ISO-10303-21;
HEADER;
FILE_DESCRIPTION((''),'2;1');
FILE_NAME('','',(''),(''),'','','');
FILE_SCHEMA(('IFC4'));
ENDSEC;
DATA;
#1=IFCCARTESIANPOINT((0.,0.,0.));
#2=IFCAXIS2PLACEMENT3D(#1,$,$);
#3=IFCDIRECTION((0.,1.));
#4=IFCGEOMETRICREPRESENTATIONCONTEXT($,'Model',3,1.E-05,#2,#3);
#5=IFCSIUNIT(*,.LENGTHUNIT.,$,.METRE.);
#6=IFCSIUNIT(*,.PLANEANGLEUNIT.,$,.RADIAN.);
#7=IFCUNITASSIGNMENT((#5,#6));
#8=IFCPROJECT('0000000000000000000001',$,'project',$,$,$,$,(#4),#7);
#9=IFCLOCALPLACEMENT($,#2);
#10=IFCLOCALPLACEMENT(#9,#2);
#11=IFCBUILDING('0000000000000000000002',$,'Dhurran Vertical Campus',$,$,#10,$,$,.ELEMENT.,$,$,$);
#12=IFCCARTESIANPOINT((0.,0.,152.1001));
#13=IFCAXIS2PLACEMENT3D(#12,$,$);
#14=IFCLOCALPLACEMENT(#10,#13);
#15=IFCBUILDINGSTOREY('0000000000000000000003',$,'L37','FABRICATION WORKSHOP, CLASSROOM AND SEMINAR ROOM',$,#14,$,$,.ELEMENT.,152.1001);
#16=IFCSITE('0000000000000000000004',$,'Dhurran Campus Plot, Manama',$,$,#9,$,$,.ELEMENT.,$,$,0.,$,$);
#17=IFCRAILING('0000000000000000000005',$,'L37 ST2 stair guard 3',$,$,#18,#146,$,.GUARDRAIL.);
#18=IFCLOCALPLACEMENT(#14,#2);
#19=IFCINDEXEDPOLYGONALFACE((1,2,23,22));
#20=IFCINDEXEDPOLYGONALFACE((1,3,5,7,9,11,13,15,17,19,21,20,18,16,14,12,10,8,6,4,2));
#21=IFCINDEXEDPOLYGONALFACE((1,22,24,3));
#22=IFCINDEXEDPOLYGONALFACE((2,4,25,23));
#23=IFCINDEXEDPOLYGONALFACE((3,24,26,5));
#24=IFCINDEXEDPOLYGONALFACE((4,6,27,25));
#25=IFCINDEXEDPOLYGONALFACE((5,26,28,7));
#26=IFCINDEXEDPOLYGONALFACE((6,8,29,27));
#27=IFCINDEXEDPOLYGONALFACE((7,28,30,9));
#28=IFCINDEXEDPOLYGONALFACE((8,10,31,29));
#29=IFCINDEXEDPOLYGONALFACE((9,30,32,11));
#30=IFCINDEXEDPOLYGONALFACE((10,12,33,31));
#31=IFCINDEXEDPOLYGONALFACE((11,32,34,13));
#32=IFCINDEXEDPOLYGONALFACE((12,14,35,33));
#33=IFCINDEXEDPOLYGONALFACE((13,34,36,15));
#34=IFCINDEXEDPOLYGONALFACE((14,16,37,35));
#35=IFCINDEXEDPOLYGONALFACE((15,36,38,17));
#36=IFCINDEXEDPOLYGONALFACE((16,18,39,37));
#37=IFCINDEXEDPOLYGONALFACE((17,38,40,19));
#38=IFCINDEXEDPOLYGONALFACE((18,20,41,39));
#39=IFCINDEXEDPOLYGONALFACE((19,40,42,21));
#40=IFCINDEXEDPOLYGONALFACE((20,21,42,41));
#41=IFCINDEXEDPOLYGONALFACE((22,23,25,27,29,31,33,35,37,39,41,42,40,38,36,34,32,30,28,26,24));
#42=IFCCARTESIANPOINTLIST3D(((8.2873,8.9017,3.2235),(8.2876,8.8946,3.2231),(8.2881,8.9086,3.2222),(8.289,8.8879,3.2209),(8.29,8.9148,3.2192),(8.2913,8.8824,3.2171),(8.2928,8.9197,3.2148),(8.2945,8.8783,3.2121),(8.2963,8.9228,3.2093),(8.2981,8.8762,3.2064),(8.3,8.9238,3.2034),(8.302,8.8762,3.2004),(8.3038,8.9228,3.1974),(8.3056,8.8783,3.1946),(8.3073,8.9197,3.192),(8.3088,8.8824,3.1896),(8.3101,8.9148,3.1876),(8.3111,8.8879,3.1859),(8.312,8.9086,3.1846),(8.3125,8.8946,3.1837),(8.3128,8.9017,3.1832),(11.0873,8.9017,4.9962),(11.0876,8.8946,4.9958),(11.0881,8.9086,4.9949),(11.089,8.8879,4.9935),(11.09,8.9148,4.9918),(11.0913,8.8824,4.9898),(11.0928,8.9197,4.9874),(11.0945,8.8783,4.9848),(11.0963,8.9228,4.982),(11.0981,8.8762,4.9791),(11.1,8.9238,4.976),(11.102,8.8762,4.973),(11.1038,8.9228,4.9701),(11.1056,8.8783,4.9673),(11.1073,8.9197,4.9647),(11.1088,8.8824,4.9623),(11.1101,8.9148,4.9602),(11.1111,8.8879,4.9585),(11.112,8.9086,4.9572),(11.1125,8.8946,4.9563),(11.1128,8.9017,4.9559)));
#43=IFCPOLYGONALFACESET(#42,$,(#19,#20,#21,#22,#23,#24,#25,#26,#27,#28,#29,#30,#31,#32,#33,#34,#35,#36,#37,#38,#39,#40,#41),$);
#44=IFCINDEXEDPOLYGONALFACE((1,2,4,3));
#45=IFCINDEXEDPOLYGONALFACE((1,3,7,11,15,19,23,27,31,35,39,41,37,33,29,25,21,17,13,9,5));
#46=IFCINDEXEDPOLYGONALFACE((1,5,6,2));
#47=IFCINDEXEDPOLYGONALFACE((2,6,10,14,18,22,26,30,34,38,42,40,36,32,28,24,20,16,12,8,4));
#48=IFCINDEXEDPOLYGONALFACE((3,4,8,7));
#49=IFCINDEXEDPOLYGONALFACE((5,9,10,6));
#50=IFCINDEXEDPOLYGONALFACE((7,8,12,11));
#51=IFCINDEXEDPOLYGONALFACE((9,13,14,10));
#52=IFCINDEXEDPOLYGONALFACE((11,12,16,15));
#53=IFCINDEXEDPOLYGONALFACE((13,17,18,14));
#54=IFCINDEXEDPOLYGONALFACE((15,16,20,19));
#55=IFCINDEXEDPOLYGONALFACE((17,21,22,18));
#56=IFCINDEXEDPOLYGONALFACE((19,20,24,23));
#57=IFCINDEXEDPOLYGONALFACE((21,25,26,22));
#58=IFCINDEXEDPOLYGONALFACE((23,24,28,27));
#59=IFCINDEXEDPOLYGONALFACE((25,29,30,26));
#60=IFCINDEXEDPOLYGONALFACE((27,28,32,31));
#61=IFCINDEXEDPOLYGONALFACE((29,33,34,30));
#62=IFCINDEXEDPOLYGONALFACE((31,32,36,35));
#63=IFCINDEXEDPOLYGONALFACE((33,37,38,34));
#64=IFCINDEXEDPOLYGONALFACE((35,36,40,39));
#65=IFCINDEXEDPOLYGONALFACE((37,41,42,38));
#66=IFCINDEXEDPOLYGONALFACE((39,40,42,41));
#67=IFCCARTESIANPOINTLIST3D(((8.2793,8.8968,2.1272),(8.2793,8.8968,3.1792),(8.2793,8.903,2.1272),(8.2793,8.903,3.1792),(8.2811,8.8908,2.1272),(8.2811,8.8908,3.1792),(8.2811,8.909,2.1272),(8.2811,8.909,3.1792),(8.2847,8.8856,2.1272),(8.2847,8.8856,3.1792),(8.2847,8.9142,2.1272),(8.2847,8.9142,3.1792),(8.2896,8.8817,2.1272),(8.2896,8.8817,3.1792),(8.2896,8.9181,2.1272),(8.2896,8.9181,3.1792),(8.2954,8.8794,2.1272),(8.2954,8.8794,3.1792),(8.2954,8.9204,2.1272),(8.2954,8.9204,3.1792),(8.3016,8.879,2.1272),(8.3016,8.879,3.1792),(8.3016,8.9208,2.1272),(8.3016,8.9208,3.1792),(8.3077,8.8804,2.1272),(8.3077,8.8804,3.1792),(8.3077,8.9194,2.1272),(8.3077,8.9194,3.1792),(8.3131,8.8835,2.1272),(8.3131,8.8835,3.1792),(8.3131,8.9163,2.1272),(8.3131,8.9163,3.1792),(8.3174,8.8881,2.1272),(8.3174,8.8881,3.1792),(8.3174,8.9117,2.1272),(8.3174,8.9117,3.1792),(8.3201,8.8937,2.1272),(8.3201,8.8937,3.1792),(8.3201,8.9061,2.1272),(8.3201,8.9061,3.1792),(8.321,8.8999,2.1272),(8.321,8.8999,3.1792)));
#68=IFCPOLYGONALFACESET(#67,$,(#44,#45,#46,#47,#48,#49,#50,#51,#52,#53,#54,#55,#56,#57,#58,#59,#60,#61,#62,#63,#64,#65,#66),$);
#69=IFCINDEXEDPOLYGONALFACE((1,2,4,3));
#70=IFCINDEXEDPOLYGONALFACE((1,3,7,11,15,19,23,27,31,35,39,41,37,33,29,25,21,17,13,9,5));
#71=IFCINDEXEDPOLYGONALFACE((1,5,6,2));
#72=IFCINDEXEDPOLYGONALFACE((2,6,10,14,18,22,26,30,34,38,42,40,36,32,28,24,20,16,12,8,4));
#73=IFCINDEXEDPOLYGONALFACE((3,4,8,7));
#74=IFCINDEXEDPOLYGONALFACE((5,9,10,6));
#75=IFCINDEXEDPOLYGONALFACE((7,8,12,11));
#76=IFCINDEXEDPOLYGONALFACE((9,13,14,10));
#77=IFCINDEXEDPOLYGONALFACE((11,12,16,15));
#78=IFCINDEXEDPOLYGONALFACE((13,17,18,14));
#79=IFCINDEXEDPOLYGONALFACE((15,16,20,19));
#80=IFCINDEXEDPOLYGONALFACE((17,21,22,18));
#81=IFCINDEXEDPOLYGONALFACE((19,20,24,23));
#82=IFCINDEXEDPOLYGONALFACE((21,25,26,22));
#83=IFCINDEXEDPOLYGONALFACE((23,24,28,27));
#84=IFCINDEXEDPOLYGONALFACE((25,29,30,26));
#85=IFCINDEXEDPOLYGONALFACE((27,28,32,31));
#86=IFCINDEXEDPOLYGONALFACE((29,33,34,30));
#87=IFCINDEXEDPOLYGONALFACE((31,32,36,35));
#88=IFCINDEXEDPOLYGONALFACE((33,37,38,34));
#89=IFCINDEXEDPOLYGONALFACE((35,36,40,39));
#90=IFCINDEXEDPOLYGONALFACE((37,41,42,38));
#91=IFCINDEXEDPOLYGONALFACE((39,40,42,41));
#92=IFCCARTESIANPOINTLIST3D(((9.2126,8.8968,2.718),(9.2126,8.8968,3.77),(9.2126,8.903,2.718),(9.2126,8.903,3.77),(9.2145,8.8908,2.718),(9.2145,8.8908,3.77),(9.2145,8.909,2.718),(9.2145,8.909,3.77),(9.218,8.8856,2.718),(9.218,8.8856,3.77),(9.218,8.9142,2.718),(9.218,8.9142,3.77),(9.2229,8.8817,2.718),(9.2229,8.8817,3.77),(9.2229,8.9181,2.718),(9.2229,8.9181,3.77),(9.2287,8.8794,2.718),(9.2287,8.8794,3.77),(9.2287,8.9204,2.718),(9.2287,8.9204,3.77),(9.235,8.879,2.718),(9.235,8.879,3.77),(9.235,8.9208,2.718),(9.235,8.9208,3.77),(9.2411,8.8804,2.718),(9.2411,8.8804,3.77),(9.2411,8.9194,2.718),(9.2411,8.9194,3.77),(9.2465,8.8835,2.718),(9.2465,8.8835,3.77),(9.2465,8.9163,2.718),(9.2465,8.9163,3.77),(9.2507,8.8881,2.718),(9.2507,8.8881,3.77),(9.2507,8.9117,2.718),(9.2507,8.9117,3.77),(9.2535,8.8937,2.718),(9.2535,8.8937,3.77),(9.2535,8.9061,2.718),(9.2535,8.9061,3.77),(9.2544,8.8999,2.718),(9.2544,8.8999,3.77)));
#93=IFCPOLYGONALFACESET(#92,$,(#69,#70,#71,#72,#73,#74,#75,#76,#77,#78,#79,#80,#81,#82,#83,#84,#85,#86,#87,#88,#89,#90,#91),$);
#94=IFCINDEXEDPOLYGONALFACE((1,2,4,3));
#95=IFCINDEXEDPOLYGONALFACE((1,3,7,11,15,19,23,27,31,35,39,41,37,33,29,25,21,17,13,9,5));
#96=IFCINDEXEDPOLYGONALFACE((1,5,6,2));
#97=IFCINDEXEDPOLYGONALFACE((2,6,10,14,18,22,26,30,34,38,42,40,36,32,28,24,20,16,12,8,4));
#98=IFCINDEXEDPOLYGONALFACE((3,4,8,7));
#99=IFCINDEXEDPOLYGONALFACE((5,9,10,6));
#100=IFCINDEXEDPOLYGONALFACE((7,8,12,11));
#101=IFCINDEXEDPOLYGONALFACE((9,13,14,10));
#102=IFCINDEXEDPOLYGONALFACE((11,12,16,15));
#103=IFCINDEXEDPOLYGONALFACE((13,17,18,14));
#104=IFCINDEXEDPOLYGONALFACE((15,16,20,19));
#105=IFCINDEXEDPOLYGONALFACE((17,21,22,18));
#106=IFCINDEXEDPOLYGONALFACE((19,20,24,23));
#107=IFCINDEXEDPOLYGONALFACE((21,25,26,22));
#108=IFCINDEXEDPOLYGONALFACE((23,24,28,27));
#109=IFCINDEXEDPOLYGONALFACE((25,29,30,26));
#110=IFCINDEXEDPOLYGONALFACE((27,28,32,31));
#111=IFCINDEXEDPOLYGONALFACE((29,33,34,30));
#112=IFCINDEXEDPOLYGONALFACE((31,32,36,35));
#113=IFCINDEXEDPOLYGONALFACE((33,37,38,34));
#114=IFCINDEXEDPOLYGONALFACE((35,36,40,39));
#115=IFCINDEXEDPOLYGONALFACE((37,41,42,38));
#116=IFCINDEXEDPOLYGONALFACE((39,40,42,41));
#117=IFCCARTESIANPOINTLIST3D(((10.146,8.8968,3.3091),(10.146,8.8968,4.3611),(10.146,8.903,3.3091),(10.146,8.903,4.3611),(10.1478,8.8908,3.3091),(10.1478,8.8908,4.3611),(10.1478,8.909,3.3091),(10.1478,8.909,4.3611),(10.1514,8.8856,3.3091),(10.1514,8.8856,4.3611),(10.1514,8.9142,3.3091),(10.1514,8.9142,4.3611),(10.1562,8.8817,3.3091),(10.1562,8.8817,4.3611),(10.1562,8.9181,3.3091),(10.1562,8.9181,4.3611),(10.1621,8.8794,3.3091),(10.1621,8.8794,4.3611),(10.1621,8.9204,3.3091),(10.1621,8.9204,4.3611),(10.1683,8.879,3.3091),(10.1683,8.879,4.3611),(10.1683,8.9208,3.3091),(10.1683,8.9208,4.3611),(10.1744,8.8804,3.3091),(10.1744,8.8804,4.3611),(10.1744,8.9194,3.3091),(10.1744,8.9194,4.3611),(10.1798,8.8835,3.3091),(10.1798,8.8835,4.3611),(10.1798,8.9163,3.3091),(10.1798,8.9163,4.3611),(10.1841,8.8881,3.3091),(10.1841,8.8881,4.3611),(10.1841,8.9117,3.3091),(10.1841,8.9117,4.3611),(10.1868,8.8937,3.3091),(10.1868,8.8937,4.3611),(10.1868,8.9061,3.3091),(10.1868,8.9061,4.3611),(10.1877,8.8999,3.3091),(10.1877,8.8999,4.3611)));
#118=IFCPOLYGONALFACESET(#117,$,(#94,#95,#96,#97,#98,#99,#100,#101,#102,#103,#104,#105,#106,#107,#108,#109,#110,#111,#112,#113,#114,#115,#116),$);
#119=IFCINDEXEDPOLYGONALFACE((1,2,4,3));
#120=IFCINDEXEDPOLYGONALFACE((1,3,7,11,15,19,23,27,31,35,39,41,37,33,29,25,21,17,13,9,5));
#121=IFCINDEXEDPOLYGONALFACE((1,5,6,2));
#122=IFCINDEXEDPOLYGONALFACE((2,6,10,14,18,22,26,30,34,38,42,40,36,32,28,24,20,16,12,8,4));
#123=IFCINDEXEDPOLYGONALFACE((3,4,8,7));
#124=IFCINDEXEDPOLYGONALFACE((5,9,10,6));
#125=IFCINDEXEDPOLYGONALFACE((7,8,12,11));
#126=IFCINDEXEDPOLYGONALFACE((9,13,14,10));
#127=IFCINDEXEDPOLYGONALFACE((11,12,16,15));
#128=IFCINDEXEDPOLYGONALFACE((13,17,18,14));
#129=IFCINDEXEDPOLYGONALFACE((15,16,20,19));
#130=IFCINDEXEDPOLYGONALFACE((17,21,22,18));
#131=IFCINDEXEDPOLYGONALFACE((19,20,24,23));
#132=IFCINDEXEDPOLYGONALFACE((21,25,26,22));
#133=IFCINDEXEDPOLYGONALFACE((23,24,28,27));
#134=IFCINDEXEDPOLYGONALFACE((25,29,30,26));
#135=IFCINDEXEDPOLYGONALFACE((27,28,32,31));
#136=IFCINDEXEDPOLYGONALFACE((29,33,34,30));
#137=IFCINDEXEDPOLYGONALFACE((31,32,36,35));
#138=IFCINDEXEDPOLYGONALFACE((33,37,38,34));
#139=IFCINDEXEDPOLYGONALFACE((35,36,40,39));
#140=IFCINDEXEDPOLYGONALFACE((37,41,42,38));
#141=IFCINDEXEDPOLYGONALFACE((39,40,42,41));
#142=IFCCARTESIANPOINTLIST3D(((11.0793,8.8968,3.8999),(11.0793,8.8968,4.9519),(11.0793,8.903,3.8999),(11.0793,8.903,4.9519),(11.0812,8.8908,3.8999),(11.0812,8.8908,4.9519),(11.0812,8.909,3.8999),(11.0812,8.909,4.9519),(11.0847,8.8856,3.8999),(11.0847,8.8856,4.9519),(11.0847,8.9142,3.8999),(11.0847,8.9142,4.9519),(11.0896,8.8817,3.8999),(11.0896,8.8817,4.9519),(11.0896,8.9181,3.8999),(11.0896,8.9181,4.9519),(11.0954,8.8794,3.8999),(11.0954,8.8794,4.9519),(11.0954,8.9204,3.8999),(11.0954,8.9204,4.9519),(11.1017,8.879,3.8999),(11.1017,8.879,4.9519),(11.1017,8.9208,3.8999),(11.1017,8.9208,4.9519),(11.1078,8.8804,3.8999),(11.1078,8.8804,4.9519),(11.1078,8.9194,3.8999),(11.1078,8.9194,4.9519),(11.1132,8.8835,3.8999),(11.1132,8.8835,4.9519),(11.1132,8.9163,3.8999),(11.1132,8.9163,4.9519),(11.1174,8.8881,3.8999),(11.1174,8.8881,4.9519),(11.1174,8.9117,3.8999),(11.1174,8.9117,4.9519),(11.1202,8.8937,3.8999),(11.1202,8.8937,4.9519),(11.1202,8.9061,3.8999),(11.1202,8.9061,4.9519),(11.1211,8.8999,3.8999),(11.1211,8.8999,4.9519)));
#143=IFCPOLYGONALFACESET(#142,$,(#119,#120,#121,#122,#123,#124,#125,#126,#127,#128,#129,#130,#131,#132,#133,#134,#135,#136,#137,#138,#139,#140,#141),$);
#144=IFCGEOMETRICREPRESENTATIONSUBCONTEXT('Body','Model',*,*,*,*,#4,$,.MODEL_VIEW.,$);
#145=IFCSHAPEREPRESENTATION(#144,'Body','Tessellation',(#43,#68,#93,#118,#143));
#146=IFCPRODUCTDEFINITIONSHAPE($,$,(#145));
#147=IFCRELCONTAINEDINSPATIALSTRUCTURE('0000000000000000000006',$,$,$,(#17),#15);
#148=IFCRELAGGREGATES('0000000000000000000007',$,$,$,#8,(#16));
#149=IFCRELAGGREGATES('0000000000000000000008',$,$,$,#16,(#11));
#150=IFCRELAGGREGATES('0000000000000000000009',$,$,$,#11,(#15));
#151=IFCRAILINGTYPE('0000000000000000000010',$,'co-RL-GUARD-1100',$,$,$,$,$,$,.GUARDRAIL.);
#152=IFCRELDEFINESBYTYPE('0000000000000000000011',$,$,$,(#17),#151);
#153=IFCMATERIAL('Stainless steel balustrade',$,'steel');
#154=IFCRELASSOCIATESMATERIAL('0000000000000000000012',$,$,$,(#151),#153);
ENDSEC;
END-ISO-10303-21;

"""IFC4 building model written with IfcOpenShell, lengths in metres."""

from ifc_helpers import new_model, si_unit, direction, frame, origin, origin_2d, place, context, subcontext, project, spatial, circle, extrude, material, type_object, element, save


model = new_model("IFC4")

# Units and contexts
model_context = context("Model", 3, precision=1e-05, world=origin(), true_north=direction((0.0, 1.0)))
body_context = subcontext(model_context, "Body", "Model", "MODEL_VIEW")
ifc_project = project(units=[si_unit("LENGTHUNIT", "METRE"), si_unit("PLANEANGLEUNIT", "RADIAN")], contexts=[model_context])

# Site, building, storey
site_placement = place(None, origin())
site = spatial("IfcSite", under=ifc_project, at=site_placement, Name="Dhurran Campus Plot, Manama", CompositionType="ELEMENT", RefElevation=0.0)
building_placement = place(site_placement, origin())
building = spatial("IfcBuilding", under=site, at=building_placement, Name="Dhurran Vertical Campus", CompositionType="ELEMENT")
storey_placement = place(building_placement, frame((0.0, 0.0, 152.1001)))
storey = spatial("IfcBuildingStorey", under=building, at=storey_placement, Name="L37", Description="FABRICATION WORKSHOP, CLASSROOM AND SEMINAR ROOM", CompositionType="ELEMENT", Elevation=152.1001)

# Railing
ifc_material_1 = material(Name="Stainless steel balustrade", Category="steel")
railing_type_1 = type_object("IfcRailingType", Name="co-RL-GUARD-1100", PredefinedType="GUARDRAIL", material=ifc_material_1)
railing_1_placement = place(storey_placement, frame((8.3, 8.8999, 2.1272)))
element("IfcRailing", 1, at=railing_1_placement, inside=storey, type_object=railing_type_1, Name="L37 ST2 stair guard 3", PredefinedType="GUARDRAIL", context=body_context, shape_type="SweptSolid", body=[
    extrude(circle(Radius=0.0239, at=origin_2d()), frame((0.0, 0.0, 1.0762), z_axis=(0.844909, 0.0, 0.53491), x_axis=(0.0, 1.0, 0.0)), (0.0, 0.0, 1.0), 3.314),
    extrude(circle(Radius=0.021, at=origin_2d()), origin(), (0.0, 0.0, 1.0), 1.052),
    extrude(circle(Radius=0.021, at=origin_2d()), frame((0.9333, 0.0, 0.5908)), (0.0, 0.0, 1.0), 1.052),
    extrude(circle(Radius=0.021, at=origin_2d()), frame((1.8667, 0.0, 1.1819)), (0.0, 0.0, 1.0), 1.052),
    extrude(circle(Radius=0.021, at=origin_2d()), frame((2.8, 0.0, 1.7727)), (0.0, 0.0, 1.0), 1.052),
])

save(model, "model.ifc")
